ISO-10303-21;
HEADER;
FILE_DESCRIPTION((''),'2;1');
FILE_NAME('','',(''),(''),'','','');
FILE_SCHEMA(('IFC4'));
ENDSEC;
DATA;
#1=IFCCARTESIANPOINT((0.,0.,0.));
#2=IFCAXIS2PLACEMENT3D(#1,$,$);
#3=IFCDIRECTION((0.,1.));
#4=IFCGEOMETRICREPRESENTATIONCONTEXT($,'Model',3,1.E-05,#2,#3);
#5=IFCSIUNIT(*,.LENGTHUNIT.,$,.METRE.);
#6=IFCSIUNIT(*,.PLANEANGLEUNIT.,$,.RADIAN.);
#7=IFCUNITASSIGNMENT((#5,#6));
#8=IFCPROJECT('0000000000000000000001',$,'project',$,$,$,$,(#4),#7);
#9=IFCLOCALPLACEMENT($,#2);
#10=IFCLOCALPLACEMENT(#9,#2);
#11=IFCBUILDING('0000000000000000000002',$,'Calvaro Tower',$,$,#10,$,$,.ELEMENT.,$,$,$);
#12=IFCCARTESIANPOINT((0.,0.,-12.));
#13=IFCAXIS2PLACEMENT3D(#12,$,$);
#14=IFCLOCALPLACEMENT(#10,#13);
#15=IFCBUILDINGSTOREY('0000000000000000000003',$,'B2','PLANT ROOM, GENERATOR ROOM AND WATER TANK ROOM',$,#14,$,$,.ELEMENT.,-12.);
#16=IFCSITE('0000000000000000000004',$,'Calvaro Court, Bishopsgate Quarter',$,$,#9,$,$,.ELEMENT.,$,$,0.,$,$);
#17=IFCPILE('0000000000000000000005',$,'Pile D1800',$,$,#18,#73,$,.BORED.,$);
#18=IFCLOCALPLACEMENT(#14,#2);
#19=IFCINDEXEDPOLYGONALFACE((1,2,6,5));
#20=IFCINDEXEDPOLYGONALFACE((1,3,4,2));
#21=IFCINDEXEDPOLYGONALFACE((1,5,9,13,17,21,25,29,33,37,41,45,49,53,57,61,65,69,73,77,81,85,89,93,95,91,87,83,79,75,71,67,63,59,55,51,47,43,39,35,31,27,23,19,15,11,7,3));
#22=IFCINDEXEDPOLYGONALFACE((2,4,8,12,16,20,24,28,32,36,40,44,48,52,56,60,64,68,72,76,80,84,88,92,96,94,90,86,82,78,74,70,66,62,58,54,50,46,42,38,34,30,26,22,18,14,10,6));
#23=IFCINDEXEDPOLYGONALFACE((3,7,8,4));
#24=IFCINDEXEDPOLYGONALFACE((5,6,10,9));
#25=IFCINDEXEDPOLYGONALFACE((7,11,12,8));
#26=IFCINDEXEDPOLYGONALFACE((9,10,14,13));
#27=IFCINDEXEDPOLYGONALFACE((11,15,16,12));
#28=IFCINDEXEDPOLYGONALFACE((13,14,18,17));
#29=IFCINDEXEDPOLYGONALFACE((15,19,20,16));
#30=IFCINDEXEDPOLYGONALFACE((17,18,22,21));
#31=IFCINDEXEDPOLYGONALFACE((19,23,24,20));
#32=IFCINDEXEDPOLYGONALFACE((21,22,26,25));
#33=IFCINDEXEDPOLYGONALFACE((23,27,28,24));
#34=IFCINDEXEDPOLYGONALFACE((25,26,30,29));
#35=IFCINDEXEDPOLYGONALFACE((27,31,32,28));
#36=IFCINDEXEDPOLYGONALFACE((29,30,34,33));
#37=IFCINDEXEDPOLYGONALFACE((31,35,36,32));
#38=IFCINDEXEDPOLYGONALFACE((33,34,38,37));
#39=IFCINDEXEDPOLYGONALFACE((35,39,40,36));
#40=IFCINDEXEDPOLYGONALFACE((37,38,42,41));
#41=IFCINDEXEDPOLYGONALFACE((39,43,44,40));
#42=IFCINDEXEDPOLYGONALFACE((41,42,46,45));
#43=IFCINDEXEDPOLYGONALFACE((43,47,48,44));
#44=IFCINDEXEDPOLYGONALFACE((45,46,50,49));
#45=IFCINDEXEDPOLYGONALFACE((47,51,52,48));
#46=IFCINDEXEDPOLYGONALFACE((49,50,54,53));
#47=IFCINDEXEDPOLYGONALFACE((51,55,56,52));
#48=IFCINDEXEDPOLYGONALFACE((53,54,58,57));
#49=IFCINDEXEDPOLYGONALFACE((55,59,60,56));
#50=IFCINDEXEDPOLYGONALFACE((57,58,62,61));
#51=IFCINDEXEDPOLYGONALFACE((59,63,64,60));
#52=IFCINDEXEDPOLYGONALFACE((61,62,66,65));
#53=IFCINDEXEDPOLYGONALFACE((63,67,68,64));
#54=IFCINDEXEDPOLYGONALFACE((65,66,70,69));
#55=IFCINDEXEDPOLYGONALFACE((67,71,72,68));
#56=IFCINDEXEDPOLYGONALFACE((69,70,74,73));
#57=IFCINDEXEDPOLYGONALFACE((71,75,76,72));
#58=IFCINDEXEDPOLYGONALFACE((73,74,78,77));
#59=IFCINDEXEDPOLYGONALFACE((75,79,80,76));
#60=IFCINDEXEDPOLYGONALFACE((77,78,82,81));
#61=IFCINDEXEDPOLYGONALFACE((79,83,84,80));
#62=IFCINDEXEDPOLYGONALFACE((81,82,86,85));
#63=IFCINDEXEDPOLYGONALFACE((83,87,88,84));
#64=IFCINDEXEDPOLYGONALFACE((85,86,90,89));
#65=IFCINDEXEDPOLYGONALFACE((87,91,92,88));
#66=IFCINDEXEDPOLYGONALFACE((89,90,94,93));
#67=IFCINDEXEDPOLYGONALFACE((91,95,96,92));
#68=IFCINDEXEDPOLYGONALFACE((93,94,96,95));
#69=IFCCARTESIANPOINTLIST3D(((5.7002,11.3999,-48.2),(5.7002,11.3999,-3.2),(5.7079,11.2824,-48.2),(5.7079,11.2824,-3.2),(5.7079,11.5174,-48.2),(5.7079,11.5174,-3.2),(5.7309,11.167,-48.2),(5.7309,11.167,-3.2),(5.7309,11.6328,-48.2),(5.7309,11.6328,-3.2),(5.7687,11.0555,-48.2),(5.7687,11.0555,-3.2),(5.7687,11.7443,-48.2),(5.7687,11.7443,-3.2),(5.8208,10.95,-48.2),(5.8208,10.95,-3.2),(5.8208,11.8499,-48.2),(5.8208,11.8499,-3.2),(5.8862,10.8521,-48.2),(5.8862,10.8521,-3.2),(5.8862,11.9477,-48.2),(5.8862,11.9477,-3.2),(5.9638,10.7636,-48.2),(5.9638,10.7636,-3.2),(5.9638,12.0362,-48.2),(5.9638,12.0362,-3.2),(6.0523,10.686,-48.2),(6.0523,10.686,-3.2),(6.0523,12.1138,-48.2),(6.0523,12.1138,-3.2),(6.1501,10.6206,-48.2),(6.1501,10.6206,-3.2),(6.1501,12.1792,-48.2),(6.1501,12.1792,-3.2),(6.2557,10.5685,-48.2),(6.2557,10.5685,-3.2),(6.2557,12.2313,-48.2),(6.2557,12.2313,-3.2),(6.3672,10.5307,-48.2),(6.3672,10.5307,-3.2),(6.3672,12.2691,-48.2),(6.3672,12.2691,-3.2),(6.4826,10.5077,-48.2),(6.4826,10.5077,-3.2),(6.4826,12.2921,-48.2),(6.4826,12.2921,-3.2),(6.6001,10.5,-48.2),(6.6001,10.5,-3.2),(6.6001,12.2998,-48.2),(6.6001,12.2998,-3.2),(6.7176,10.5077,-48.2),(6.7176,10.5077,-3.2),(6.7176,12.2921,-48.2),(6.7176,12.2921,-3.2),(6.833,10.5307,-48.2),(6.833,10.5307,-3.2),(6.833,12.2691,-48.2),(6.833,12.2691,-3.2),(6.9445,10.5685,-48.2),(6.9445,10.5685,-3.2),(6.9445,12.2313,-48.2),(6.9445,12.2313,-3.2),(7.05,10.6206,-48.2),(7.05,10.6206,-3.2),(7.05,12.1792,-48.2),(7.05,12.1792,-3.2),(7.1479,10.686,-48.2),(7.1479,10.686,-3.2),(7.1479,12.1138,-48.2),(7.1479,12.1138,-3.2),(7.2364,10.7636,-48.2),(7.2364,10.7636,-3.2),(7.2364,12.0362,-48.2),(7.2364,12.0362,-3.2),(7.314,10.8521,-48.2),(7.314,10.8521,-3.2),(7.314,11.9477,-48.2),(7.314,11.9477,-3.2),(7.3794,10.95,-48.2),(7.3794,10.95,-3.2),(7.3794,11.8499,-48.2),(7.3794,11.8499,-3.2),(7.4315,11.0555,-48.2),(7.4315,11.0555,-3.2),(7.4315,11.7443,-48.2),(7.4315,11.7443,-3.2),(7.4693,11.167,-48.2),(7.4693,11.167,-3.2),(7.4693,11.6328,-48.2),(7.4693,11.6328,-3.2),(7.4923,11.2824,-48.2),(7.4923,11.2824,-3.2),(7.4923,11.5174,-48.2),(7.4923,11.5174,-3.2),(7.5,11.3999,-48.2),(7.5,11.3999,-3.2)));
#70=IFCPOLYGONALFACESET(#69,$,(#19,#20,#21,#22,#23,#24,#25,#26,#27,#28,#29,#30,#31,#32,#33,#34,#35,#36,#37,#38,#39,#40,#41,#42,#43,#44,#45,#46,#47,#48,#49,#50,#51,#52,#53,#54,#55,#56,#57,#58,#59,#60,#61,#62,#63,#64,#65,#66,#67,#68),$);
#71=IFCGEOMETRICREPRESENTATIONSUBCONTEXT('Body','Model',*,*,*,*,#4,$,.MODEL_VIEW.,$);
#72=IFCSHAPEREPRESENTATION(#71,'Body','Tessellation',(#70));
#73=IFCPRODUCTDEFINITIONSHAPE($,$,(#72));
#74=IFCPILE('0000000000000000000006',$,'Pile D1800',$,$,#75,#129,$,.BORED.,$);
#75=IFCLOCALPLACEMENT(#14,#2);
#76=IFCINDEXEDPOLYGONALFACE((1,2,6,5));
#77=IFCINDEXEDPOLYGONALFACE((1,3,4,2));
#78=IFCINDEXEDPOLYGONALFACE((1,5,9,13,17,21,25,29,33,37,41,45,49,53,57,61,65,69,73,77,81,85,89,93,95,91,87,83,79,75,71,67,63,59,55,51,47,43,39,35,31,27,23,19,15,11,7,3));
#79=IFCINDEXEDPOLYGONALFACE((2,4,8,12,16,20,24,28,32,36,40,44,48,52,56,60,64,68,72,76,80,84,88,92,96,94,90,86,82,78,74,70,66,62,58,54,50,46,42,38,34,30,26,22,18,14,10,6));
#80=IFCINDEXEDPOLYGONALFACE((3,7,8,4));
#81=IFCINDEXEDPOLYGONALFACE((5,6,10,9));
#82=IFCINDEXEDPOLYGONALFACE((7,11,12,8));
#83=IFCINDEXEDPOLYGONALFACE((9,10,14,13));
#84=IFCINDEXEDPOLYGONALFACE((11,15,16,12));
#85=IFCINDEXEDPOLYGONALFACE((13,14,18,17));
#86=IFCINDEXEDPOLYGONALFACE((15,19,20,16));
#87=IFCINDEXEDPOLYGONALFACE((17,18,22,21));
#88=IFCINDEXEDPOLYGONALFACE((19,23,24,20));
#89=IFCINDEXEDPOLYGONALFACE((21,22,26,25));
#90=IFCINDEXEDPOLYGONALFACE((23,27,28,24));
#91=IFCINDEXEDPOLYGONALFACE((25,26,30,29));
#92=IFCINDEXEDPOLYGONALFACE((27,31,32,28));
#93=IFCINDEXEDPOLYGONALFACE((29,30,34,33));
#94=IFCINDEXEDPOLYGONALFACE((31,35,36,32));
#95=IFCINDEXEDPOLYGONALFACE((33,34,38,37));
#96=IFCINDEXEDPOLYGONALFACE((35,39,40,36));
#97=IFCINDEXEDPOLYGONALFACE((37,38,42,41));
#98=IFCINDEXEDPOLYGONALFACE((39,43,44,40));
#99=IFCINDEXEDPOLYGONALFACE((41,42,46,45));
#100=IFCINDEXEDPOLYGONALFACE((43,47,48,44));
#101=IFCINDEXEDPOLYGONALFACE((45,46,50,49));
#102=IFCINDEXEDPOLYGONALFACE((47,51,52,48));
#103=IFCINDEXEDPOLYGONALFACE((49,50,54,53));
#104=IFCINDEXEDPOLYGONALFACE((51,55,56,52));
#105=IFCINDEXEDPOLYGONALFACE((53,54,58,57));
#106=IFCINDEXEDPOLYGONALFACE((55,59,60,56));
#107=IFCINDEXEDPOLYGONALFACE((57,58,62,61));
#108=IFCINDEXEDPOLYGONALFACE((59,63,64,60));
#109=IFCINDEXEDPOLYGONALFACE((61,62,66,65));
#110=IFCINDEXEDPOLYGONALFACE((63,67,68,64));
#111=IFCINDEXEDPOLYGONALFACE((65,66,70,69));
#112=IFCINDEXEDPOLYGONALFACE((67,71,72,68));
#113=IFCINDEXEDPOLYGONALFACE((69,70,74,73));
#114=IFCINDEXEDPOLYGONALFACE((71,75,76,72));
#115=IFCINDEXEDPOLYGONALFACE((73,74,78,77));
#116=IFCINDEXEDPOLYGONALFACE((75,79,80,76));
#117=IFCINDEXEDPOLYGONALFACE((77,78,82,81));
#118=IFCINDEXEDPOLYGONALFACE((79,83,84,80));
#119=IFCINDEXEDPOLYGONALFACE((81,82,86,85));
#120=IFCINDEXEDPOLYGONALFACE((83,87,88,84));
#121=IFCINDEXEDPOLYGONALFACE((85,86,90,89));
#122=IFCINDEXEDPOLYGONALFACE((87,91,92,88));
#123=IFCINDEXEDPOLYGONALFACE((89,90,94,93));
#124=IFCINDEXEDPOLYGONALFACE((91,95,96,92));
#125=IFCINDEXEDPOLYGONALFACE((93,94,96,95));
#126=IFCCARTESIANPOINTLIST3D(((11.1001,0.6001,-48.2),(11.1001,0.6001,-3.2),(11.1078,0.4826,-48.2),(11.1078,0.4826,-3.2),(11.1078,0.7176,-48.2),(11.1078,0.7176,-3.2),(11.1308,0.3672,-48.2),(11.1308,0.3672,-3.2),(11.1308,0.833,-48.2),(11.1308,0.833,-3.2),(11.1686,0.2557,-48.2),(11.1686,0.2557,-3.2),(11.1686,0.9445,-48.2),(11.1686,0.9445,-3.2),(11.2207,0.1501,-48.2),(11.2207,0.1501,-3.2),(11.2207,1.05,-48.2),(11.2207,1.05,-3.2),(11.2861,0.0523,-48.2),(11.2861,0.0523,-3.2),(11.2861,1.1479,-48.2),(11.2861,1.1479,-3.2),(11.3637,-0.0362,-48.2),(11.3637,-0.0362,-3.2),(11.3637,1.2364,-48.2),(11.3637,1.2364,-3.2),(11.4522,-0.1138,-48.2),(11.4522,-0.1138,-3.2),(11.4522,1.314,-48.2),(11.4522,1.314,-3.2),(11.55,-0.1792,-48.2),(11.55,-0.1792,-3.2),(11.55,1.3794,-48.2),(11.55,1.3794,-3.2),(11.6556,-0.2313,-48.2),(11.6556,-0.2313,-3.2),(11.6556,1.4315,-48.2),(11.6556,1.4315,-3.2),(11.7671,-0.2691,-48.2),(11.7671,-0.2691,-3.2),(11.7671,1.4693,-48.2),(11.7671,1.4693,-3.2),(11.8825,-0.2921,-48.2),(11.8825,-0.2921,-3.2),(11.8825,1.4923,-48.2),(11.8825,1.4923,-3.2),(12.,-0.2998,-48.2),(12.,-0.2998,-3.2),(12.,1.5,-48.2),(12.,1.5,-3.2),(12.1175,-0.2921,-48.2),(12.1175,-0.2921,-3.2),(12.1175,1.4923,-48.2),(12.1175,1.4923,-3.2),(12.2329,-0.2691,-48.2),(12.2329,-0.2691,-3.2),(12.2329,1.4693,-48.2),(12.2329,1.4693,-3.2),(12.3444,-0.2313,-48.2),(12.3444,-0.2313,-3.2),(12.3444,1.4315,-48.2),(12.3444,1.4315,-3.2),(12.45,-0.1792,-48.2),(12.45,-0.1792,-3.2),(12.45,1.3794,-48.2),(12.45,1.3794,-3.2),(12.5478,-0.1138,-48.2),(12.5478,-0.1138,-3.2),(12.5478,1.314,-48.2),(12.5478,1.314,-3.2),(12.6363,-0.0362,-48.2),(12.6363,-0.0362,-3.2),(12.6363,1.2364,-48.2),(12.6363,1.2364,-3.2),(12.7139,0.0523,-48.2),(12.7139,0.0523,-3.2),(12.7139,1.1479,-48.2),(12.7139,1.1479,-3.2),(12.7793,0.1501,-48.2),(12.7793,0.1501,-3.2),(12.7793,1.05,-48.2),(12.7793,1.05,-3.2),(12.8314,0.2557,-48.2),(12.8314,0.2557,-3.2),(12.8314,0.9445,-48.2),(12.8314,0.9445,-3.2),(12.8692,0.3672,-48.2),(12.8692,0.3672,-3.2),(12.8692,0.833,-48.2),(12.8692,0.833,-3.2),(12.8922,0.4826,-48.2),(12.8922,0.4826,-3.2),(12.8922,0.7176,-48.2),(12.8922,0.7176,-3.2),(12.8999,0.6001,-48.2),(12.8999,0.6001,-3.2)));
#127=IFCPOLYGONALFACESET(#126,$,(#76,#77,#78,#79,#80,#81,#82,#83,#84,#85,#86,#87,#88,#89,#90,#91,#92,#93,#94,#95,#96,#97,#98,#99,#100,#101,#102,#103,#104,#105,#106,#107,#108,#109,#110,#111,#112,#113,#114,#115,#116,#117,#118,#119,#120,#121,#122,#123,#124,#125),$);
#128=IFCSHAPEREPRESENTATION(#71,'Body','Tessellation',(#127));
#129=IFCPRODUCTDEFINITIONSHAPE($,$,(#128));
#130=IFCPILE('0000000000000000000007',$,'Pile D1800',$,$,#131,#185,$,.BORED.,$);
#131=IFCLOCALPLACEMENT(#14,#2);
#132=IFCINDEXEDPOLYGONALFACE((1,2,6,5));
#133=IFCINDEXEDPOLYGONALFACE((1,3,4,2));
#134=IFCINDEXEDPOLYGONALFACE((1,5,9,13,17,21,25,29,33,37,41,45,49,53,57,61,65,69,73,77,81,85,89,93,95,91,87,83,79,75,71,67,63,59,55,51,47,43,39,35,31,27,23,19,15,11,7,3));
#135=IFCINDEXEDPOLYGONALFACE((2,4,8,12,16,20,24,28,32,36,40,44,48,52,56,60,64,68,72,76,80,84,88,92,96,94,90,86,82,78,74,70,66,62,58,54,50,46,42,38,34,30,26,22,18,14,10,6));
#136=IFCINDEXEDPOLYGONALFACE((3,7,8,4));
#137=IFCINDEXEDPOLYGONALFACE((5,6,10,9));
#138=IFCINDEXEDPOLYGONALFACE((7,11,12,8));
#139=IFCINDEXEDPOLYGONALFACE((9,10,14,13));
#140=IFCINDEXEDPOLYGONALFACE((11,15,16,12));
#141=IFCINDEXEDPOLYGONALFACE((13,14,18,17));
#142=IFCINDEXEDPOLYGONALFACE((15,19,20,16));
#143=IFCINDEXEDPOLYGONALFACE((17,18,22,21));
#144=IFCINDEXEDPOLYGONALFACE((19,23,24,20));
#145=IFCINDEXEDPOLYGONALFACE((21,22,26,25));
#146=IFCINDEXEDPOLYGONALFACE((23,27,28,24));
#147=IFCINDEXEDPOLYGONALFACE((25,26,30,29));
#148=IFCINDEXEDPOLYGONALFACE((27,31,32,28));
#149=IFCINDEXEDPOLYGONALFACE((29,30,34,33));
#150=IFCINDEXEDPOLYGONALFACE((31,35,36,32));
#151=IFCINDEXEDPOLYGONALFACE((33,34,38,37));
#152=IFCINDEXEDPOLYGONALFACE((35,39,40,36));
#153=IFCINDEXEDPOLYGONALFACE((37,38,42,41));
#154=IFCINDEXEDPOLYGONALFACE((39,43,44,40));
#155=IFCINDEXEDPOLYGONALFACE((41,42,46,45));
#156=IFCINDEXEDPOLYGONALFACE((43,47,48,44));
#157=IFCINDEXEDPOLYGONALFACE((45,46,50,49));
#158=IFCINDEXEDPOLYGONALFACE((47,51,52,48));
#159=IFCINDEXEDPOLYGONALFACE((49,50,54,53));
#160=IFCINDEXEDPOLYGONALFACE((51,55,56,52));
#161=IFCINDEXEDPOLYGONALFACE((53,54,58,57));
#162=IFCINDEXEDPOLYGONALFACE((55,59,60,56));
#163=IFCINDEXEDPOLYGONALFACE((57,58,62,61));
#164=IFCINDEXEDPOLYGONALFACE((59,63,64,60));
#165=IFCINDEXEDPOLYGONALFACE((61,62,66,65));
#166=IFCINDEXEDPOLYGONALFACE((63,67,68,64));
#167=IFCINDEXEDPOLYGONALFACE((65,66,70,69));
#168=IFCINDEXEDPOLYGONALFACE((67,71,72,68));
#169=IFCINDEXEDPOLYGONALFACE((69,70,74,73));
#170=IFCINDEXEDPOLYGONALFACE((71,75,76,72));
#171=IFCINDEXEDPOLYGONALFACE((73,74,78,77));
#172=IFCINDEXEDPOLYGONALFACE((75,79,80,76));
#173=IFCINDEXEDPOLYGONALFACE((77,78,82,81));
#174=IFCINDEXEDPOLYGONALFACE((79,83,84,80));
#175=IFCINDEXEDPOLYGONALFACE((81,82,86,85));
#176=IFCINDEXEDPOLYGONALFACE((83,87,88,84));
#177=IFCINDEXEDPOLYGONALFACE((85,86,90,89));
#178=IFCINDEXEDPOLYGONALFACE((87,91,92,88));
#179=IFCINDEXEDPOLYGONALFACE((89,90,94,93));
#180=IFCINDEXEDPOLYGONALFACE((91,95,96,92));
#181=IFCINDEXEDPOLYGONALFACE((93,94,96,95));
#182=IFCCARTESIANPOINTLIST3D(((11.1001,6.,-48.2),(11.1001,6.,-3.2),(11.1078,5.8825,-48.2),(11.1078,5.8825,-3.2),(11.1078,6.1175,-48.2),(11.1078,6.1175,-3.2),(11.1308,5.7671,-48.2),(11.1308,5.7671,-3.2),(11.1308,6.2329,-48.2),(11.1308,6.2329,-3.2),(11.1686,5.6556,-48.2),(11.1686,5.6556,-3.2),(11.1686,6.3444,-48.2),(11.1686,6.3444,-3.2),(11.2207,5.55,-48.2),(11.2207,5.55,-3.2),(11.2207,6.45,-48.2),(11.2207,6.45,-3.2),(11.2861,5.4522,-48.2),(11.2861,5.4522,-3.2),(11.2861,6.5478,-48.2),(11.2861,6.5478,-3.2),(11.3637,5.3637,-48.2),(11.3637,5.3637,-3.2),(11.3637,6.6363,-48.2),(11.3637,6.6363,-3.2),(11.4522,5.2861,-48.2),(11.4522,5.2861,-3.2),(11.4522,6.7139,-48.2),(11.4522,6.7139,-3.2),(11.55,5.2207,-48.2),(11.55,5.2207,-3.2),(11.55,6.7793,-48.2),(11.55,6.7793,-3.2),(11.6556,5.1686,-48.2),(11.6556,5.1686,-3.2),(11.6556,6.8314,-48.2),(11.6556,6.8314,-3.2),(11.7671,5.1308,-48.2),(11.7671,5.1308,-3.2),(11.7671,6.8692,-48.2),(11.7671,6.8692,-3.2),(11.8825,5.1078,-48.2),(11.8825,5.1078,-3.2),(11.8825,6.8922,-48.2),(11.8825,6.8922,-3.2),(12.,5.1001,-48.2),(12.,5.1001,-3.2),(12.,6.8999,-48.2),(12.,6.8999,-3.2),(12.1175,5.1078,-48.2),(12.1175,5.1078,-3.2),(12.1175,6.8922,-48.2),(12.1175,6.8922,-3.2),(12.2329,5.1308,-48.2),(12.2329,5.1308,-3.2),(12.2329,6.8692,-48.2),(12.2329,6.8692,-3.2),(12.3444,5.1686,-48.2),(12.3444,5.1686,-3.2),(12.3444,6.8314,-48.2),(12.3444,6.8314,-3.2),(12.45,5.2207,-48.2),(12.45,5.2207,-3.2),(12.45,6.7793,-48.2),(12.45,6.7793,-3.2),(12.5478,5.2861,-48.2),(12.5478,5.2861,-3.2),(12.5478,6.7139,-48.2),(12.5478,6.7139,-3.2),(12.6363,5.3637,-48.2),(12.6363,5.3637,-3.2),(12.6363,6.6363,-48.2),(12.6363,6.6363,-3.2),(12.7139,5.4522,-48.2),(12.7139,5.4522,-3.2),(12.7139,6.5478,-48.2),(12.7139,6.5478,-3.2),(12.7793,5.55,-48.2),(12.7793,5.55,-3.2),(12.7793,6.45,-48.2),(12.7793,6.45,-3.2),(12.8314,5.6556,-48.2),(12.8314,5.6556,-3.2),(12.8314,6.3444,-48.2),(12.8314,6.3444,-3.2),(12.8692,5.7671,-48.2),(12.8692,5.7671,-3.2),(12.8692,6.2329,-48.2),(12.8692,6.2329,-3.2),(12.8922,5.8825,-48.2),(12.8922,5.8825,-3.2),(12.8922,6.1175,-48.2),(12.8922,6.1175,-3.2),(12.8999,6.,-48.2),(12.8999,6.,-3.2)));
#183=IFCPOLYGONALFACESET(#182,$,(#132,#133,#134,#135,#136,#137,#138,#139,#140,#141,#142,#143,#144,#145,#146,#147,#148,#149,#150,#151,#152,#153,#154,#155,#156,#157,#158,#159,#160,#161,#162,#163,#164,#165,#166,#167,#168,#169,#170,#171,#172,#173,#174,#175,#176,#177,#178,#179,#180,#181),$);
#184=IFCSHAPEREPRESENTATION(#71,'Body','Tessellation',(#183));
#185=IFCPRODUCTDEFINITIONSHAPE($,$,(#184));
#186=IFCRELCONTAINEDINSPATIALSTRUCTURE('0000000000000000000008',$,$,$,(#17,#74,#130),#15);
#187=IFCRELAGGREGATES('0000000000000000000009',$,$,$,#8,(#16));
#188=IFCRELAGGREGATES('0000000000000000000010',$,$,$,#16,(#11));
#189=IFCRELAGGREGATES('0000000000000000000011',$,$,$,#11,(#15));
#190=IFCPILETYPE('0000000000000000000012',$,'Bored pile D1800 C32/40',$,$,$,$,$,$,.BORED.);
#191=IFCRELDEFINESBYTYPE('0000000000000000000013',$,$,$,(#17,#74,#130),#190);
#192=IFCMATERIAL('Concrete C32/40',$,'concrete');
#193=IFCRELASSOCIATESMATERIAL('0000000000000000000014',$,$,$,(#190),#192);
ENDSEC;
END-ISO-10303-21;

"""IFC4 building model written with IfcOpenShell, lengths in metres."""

from ifc_helpers import new_model, si_unit, direction, frame, origin, origin_2d, place, context, subcontext, project, spatial, circle, extrude, material, material_profile, profile_set, type_object, element, save


model = new_model("IFC4")

# Units and contexts
model_context = context("Model", 3, precision=1e-05, world=origin(), true_north=direction((0.0, 1.0)))
body_context = subcontext(model_context, "Body", "Model", "MODEL_VIEW")
ifc_project = project(units=[si_unit("LENGTHUNIT", "METRE"), si_unit("PLANEANGLEUNIT", "RADIAN")], contexts=[model_context])

# Site, building, storey
site_placement = place(None, origin())
site = spatial("IfcSite", under=ifc_project, at=site_placement, Name="Calvaro Court, Bishopsgate Quarter", CompositionType="ELEMENT", RefElevation=0.0)
building_placement = place(site_placement, origin())
building = spatial("IfcBuilding", under=site, at=building_placement, Name="Calvaro Tower", CompositionType="ELEMENT")
storey_placement = place(building_placement, frame((0.0, 0.0, -12.0)))
storey = spatial("IfcBuildingStorey", under=building, at=storey_placement, Name="B2", Description="PLANT ROOM, GENERATOR ROOM AND WATER TANK ROOM", CompositionType="ELEMENT", Elevation=-12.0)

# Piles
ifc_material_1 = material(Name="Concrete C32/40", Category="concrete")
ifc_material_profile_1 = material_profile(ifc_material_1, circle(Radius=0.8999, at=origin_2d()), Name="Bored pile D1800")
ifc_profile_set_1 = profile_set([ifc_material_profile_1], Name="Concrete C32/40")
pile_type = type_object("IfcPileType", Name="Bored pile D1800 C32/40", PredefinedType="BORED", material=ifc_profile_set_1)
for number, where, z_axis, x_axis, name in (
    (1, (6.6001, 11.3999, -3.2), (0.0, 0.0, -1.0), (1.0, 0.0, 0.0), "Pile D1800"),
    (2, (12.0, 0.6001, -3.2), (0.0, 0.0, -1.0), (1.0, 0.0, 0.0), "Pile D1800"),
    (3, (12.0, 6.0, -3.2), (0.0, 0.0, -1.0), (1.0, 0.0, 0.0), "Pile D1800"),
):
    element("IfcPile", number, at=place(storey_placement, frame(where, z_axis=z_axis, x_axis=x_axis)), inside=storey, type_object=pile_type, Name=name, PredefinedType="BORED", context=body_context, shape_type="SweptSolid", body=[
        extrude(circle(Radius=0.8999, at=origin_2d()), origin(), (0.0, 0.0, 1.0), 45.0),
    ])

save(model, "model.ifc")
